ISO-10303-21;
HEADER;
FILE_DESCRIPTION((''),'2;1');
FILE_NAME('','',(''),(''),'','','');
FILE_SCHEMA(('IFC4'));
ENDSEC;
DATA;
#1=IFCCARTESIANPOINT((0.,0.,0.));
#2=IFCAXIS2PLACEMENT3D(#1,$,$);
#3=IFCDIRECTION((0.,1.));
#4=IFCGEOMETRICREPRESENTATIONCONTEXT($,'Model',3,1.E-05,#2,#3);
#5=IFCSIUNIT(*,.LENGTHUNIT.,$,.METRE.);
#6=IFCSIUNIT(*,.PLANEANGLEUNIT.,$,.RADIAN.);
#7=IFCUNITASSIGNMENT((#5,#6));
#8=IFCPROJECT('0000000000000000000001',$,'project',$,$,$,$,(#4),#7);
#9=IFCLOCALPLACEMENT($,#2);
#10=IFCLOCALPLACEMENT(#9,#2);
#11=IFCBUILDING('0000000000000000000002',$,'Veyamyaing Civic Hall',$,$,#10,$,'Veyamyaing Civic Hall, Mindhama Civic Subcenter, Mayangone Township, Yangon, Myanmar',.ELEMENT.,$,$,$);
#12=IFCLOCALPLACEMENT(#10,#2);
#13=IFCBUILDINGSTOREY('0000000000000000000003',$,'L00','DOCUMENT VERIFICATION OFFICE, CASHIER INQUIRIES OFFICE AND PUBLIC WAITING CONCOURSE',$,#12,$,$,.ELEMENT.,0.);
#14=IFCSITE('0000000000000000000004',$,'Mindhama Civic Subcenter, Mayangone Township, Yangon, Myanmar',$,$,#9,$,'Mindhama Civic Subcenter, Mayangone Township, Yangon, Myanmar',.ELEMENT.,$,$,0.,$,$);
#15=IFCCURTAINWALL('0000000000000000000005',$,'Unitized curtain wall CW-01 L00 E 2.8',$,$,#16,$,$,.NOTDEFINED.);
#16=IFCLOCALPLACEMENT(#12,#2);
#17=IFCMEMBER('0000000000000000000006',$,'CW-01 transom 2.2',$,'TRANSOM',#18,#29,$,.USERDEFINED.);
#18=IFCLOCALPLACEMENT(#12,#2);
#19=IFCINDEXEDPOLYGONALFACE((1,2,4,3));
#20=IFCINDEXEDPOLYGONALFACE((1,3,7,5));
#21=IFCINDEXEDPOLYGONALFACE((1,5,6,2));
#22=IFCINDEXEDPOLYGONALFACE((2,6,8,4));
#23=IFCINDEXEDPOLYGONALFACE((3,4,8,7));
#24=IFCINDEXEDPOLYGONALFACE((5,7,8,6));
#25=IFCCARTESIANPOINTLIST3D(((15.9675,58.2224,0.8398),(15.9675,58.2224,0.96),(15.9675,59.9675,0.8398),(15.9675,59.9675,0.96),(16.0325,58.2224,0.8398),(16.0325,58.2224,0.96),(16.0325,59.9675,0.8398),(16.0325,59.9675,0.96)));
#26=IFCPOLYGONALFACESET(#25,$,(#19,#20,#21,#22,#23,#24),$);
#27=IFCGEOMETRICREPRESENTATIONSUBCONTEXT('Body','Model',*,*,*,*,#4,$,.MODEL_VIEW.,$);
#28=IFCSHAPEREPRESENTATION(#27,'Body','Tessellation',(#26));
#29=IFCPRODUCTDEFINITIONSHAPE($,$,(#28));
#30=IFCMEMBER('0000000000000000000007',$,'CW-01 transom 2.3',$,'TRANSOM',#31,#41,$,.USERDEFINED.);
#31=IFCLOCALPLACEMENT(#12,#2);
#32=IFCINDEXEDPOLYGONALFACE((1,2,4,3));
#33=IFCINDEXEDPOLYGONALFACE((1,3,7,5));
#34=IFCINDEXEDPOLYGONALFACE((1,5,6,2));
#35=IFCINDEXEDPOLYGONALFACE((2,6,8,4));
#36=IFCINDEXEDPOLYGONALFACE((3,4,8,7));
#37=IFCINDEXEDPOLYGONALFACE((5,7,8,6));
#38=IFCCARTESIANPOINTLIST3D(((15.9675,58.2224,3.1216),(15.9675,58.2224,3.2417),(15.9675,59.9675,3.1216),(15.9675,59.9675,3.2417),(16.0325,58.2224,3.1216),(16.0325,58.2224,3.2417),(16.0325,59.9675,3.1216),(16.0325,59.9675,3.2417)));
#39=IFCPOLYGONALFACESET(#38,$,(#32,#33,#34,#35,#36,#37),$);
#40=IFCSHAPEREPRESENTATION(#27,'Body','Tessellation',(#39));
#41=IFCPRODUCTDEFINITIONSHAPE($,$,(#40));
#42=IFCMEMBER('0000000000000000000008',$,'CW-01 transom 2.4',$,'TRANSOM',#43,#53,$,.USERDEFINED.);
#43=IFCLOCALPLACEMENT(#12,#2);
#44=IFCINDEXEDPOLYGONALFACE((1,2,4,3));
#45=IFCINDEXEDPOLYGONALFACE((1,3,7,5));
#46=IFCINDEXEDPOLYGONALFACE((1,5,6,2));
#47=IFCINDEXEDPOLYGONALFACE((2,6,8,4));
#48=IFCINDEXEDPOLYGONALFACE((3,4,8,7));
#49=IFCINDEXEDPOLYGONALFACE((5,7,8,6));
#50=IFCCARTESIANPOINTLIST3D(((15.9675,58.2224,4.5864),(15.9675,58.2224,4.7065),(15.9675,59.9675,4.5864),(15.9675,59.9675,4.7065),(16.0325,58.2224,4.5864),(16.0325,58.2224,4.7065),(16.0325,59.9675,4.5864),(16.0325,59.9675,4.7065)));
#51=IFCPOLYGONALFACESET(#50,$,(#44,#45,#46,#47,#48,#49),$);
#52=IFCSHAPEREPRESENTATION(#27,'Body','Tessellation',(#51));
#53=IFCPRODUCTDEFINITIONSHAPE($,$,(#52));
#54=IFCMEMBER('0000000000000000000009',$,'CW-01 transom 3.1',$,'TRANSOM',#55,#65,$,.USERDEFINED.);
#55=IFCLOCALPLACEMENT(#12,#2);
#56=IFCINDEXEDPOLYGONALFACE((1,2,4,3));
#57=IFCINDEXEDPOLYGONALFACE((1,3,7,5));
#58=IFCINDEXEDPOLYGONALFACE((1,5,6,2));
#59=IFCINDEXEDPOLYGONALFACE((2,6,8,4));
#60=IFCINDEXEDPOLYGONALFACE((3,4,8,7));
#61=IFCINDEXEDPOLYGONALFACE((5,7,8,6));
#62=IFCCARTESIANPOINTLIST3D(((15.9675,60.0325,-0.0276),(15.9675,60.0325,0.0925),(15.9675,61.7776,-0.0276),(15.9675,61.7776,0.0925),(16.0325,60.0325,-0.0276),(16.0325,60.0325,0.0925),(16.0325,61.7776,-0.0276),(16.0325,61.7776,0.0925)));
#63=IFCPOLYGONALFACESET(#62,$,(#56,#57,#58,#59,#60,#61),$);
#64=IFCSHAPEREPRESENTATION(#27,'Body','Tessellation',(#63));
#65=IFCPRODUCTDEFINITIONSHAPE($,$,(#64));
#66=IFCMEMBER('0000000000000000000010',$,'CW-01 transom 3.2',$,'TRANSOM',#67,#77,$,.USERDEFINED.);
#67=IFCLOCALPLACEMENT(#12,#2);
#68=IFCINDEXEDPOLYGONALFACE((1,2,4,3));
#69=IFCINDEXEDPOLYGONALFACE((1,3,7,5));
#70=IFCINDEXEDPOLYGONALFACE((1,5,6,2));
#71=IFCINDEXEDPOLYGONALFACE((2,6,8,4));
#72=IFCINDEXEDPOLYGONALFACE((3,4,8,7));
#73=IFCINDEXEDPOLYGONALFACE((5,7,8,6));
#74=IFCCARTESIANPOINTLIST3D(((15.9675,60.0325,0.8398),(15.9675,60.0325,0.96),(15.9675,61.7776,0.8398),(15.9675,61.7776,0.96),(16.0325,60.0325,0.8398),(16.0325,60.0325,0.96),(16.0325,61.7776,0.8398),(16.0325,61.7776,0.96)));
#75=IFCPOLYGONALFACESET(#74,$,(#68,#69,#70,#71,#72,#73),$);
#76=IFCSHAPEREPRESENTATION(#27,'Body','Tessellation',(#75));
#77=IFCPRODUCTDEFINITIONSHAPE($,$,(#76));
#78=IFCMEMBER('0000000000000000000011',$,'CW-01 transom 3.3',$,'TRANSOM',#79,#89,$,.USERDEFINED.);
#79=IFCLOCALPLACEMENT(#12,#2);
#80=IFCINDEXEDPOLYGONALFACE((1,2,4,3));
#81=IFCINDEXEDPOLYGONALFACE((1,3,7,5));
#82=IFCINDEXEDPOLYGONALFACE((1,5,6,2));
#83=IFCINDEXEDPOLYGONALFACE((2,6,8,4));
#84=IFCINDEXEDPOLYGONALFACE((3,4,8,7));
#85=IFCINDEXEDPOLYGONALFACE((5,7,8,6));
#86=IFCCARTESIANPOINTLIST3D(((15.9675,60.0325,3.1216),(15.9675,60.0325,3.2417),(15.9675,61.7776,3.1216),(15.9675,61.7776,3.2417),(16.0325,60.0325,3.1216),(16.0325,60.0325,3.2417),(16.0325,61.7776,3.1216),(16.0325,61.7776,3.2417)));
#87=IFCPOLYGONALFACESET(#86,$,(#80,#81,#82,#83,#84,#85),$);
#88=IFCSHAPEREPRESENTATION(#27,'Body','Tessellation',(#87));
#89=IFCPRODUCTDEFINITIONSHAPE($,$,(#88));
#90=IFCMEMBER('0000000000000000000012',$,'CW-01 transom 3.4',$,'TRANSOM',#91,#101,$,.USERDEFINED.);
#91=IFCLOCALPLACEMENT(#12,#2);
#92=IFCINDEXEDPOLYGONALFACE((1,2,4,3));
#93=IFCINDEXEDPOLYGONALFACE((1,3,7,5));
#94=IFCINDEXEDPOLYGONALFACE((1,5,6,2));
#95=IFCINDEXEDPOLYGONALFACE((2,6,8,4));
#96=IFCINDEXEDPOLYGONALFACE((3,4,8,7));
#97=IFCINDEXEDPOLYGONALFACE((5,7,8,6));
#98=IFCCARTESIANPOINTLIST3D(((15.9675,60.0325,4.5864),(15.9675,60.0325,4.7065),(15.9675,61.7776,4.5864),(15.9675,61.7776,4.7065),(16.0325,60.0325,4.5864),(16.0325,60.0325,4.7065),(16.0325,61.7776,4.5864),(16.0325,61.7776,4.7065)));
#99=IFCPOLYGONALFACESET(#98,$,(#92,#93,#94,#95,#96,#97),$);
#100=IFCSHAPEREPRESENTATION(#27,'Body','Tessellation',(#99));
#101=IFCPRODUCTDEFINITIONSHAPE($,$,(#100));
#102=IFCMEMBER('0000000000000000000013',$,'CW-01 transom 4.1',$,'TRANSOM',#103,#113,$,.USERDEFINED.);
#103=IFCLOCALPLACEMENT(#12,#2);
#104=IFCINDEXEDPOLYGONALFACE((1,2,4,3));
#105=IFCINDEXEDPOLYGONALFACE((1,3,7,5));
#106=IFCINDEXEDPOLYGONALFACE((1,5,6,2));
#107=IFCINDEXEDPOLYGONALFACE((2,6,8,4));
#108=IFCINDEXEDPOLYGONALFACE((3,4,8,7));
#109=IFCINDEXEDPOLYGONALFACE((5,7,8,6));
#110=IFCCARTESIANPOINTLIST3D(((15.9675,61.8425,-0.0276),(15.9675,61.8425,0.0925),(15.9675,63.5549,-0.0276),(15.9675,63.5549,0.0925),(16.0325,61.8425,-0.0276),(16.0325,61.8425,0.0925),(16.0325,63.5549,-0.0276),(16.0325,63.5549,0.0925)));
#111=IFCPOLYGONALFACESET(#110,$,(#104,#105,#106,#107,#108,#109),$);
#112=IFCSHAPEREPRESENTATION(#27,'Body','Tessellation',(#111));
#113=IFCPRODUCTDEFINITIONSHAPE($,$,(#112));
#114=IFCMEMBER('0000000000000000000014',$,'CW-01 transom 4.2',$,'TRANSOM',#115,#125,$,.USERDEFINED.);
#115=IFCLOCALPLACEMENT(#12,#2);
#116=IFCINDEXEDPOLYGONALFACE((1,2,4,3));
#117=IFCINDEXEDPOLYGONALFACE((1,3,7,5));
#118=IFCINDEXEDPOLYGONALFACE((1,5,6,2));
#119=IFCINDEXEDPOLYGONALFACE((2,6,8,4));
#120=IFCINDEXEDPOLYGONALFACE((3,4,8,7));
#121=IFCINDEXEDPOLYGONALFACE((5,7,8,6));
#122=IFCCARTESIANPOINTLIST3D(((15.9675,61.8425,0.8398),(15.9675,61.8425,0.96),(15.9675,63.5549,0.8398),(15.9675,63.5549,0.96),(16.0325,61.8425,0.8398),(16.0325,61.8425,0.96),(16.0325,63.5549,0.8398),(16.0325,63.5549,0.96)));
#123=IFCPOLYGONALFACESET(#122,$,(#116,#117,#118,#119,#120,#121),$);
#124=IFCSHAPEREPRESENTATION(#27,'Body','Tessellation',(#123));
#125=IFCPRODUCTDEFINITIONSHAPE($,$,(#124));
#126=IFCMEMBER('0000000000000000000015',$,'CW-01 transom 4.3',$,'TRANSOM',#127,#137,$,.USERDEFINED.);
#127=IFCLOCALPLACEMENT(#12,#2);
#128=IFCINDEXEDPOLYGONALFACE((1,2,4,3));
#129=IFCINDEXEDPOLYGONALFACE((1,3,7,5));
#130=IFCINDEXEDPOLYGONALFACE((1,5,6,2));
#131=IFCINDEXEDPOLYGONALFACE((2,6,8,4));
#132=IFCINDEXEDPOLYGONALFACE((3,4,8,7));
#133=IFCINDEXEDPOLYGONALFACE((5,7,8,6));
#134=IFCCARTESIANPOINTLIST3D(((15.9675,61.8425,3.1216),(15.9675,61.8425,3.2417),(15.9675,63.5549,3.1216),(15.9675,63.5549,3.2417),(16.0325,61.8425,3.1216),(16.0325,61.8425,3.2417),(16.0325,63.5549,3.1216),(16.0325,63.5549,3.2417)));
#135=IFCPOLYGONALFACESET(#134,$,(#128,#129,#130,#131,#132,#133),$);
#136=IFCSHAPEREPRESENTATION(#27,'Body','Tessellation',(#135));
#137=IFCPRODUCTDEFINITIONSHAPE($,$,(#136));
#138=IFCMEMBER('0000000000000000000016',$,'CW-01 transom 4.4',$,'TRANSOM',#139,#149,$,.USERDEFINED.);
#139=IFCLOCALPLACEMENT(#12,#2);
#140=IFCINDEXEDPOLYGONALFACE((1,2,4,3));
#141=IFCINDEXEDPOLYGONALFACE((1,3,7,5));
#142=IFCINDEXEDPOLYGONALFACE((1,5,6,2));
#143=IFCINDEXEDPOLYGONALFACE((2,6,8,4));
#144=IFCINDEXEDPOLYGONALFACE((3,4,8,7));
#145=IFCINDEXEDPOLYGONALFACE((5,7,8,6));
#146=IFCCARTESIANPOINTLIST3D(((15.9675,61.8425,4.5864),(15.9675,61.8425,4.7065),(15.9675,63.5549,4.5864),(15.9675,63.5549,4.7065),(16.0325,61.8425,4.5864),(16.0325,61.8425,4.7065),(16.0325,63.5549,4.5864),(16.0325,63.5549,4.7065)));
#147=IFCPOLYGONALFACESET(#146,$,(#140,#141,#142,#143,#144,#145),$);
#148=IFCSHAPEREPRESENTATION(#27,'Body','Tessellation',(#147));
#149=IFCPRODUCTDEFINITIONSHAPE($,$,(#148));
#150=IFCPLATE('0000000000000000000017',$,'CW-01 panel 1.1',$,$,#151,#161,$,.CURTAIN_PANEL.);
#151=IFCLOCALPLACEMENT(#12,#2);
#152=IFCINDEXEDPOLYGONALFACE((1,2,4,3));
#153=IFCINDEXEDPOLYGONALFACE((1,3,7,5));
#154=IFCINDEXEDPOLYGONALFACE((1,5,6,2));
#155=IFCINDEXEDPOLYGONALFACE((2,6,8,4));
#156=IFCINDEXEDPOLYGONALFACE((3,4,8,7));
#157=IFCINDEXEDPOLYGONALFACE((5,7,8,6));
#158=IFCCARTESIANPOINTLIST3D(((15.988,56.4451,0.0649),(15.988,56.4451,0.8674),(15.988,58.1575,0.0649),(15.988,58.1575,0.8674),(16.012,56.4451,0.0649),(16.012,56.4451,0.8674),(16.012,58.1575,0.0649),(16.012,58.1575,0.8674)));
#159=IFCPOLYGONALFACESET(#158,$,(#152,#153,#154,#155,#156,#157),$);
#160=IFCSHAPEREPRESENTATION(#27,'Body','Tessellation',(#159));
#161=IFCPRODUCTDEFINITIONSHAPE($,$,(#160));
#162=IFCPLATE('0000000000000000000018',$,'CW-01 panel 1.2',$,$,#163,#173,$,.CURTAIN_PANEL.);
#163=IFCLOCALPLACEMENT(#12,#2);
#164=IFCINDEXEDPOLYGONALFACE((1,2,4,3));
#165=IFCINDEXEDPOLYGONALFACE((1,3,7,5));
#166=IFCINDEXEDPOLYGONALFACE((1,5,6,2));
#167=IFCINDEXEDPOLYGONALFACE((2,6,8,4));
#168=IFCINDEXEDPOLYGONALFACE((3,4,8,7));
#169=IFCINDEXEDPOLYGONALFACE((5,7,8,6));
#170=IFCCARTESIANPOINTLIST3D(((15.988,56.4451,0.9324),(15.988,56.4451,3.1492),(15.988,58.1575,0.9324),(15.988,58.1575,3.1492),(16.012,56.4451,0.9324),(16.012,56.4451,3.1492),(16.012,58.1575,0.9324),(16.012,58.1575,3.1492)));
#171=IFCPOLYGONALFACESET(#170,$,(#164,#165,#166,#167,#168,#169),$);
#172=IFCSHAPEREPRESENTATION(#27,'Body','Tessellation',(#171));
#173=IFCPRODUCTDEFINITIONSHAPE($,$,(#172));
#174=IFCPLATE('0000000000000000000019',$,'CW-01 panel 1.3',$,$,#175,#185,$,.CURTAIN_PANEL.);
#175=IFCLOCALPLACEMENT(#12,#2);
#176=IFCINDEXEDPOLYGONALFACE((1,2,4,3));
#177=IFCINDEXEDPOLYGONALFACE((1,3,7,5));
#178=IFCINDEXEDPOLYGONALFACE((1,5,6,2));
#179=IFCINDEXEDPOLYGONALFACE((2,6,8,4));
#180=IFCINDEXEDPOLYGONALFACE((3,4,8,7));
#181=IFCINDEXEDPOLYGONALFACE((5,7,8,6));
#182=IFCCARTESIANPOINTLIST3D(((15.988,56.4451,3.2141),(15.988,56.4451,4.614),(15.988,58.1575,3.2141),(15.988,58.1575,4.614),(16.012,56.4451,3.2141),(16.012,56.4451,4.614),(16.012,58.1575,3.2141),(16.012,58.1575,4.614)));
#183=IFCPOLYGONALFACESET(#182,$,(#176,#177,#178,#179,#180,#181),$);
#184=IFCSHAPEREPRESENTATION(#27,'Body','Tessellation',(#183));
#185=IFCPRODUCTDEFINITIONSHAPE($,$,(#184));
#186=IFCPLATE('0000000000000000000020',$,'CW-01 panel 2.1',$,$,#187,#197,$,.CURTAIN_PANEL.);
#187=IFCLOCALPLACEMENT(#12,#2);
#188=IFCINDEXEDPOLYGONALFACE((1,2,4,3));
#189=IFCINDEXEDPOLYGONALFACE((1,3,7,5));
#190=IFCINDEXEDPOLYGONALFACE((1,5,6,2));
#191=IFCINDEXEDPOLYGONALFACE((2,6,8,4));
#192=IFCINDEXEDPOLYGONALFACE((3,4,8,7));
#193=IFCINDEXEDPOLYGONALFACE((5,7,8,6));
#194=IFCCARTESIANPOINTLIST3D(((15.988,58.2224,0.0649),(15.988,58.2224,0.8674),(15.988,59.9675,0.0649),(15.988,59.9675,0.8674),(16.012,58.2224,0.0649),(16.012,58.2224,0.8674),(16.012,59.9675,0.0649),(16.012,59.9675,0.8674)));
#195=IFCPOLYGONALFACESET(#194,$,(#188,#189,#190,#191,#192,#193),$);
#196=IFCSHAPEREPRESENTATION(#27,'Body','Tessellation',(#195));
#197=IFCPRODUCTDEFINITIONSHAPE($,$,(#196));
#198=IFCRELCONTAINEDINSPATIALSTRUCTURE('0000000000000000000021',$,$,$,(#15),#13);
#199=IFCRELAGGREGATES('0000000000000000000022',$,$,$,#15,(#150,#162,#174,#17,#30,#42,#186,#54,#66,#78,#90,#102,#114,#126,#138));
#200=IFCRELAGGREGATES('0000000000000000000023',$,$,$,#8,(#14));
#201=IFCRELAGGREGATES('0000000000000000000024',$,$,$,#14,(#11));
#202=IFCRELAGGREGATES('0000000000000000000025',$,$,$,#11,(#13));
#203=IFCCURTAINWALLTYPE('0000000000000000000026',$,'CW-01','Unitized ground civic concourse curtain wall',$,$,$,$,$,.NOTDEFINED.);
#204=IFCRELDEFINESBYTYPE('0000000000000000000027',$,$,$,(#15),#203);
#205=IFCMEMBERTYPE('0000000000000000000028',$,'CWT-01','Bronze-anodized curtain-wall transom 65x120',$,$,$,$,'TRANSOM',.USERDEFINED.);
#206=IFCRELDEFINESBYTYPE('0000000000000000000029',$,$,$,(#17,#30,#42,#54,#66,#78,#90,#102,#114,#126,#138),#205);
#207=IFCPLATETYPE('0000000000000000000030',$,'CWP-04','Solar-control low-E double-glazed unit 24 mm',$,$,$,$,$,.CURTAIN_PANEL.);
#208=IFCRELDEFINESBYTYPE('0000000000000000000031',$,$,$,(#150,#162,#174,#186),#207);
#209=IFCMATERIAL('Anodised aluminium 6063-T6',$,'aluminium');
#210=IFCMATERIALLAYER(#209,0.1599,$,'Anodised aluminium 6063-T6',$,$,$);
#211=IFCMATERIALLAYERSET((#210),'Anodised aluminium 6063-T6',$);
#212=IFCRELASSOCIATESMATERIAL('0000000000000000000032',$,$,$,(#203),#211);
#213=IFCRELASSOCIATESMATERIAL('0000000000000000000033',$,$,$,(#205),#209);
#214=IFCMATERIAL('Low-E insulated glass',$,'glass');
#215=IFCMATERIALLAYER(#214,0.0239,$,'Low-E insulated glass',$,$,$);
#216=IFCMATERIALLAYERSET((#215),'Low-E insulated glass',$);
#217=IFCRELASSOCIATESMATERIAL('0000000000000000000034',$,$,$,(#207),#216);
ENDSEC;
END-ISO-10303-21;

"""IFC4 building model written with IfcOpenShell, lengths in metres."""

from ifc_helpers import new_model, si_unit, direction, frame, origin, origin_2d, place, context, subcontext, project, spatial, rectangle, extrude, material, layer, layer_set, material_profile, profile_set, type_object, element, aggregate, save


model = new_model("IFC4")

# Units and contexts
model_context = context("Model", 3, precision=1e-05, world=origin(), true_north=direction((0.0, 1.0)))
body_context = subcontext(model_context, "Body", "Model", "MODEL_VIEW")
ifc_project = project(units=[si_unit("LENGTHUNIT", "METRE"), si_unit("PLANEANGLEUNIT", "RADIAN")], contexts=[model_context])

# Site, building, storey
site_placement = place(None, origin())
site = spatial("IfcSite", under=ifc_project, at=site_placement, Name="Mindhama Civic Subcenter, Mayangone Township, Yangon, Myanmar", LongName="Mindhama Civic Subcenter, Mayangone Township, Yangon, Myanmar", CompositionType="ELEMENT", RefElevation=0.0)
building_placement = place(site_placement, origin())
building = spatial("IfcBuilding", under=site, at=building_placement, Name="Veyamyaing Civic Hall", LongName="Veyamyaing Civic Hall, Mindhama Civic Subcenter, Mayangone Township, Yangon, Myanmar", CompositionType="ELEMENT")
storey_placement = place(building_placement, origin())
storey = spatial("IfcBuildingStorey", under=building, at=storey_placement, Name="L00", Description="DOCUMENT VERIFICATION OFFICE, CASHIER INQUIRIES OFFICE AND PUBLIC WAITING CONCOURSE", CompositionType="ELEMENT", Elevation=0.0)

# Curtain wall, members, plates
ifc_material_1 = material(Name="Anodised aluminium 6063-T6", Category="aluminium")
ifc_layer_1 = layer(ifc_material_1, 0.1599, Name="Anodised aluminium 6063-T6")
ifc_layer_set_1 = layer_set([ifc_layer_1], Name="Anodised aluminium 6063-T6")
curtain_wall_type = type_object("IfcCurtainWallType", Name="CW-01", Description="Unitized ground civic concourse curtain wall", PredefinedType="NOTDEFINED", material=ifc_layer_set_1)
curtain_wall_placement = place(storey_placement, origin())
curtain_wall = element("IfcCurtainWall", 1, at=curtain_wall_placement, inside=storey, type_object=curtain_wall_type, Name="Unitized curtain wall CW-01 L00 E 2.8", PredefinedType="NOTDEFINED")
ifc_material_profile_1 = material_profile(ifc_material_1, rectangle(XDim=0.0649, YDim=0.1201, at=origin_2d()), Name="ALU-TRN-65X120")
ifc_profile_set_1 = profile_set([ifc_material_profile_1], Name="Anodised aluminium 6063-T6")
member_type_1 = type_object("IfcMemberType", Name="CWT-01", Description="Bronze-anodized curtain-wall transom 65x120", ElementType="TRANSOM", PredefinedType="USERDEFINED", material=ifc_profile_set_1)
member_1_placement = place(storey_placement, frame((16.0, 58.2224, 0.8999), z_axis=(0.0, 1.0, 0.0), x_axis=(-1.0, 0.0, 0.0)))
member_1 = element("IfcMember", 2, at=member_1_placement, type_object=member_type_1, Name="CW-01 transom 2.2", ObjectType="TRANSOM", PredefinedType="USERDEFINED", context=body_context, shape_type="SweptSolid", body=[
    extrude(rectangle(XDim=0.0649, YDim=0.1201, at=origin_2d()), origin(), (0.0, 0.0, 1.0), 1.7451),
])
member_2_placement = place(storey_placement, frame((16.0, 58.2224, 3.1816), z_axis=(0.0, 1.0, 0.0), x_axis=(-1.0, 0.0, 0.0)))
member_2 = element("IfcMember", 3, at=member_2_placement, type_object=member_type_1, Name="CW-01 transom 2.3", ObjectType="TRANSOM", PredefinedType="USERDEFINED", context=body_context, shape_type="SweptSolid", body=[
    extrude(rectangle(XDim=0.0649, YDim=0.1201, at=origin_2d()), origin(), (0.0, 0.0, 1.0), 1.7451),
])
member_3_placement = place(storey_placement, frame((16.0, 58.2224, 4.6465), z_axis=(0.0, 1.0, 0.0), x_axis=(-1.0, 0.0, 0.0)))
member_3 = element("IfcMember", 4, at=member_3_placement, type_object=member_type_1, Name="CW-01 transom 2.4", ObjectType="TRANSOM", PredefinedType="USERDEFINED", context=body_context, shape_type="SweptSolid", body=[
    extrude(rectangle(XDim=0.0649, YDim=0.1201, at=origin_2d()), origin(), (0.0, 0.0, 1.0), 1.7451),
])
member_4_placement = place(storey_placement, frame((16.0, 60.0325, 0.0325), z_axis=(0.0, 1.0, 0.0), x_axis=(-1.0, 0.0, 0.0)))
member_4 = element("IfcMember", 5, at=member_4_placement, type_object=member_type_1, Name="CW-01 transom 3.1", ObjectType="TRANSOM", PredefinedType="USERDEFINED", context=body_context, shape_type="SweptSolid", body=[
    extrude(rectangle(XDim=0.0649, YDim=0.1201, at=origin_2d()), origin(), (0.0, 0.0, 1.0), 1.7451),
])
member_5_placement = place(storey_placement, frame((16.0, 60.0325, 0.8999), z_axis=(0.0, 1.0, 0.0), x_axis=(-1.0, 0.0, 0.0)))
member_5 = element("IfcMember", 6, at=member_5_placement, type_object=member_type_1, Name="CW-01 transom 3.2", ObjectType="TRANSOM", PredefinedType="USERDEFINED", context=body_context, shape_type="SweptSolid", body=[
    extrude(rectangle(XDim=0.0649, YDim=0.1201, at=origin_2d()), origin(), (0.0, 0.0, 1.0), 1.7451),
])
member_6_placement = place(storey_placement, frame((16.0, 60.0325, 3.1816), z_axis=(0.0, 1.0, 0.0), x_axis=(-1.0, 0.0, 0.0)))
member_6 = element("IfcMember", 7, at=member_6_placement, type_object=member_type_1, Name="CW-01 transom 3.3", ObjectType="TRANSOM", PredefinedType="USERDEFINED", context=body_context, shape_type="SweptSolid", body=[
    extrude(rectangle(XDim=0.0649, YDim=0.1201, at=origin_2d()), origin(), (0.0, 0.0, 1.0), 1.7451),
])
member_7_placement = place(storey_placement, frame((16.0, 60.0325, 4.6465), z_axis=(0.0, 1.0, 0.0), x_axis=(-1.0, 0.0, 0.0)))
member_7 = element("IfcMember", 8, at=member_7_placement, type_object=member_type_1, Name="CW-01 transom 3.4", ObjectType="TRANSOM", PredefinedType="USERDEFINED", context=body_context, shape_type="SweptSolid", body=[
    extrude(rectangle(XDim=0.0649, YDim=0.1201, at=origin_2d()), origin(), (0.0, 0.0, 1.0), 1.7451),
])
member_8_placement = place(storey_placement, frame((16.0, 61.8425, 0.0325), z_axis=(0.0, 1.0, 0.0), x_axis=(-1.0, 0.0, 0.0)))
member_8 = element("IfcMember", 9, at=member_8_placement, type_object=member_type_1, Name="CW-01 transom 4.1", ObjectType="TRANSOM", PredefinedType="USERDEFINED", context=body_context, shape_type="SweptSolid", body=[
    extrude(rectangle(XDim=0.0649, YDim=0.1201, at=origin_2d()), origin(), (0.0, 0.0, 1.0), 1.7124),
])
member_9_placement = place(storey_placement, frame((16.0, 61.8425, 0.8999), z_axis=(0.0, 1.0, 0.0), x_axis=(-1.0, 0.0, 0.0)))
member_9 = element("IfcMember", 10, at=member_9_placement, type_object=member_type_1, Name="CW-01 transom 4.2", ObjectType="TRANSOM", PredefinedType="USERDEFINED", context=body_context, shape_type="SweptSolid", body=[
    extrude(rectangle(XDim=0.0649, YDim=0.1201, at=origin_2d()), origin(), (0.0, 0.0, 1.0), 1.7124),
])
member_10_placement = place(storey_placement, frame((16.0, 61.8425, 3.1816), z_axis=(0.0, 1.0, 0.0), x_axis=(-1.0, 0.0, 0.0)))
member_10 = element("IfcMember", 11, at=member_10_placement, type_object=member_type_1, Name="CW-01 transom 4.3", ObjectType="TRANSOM", PredefinedType="USERDEFINED", context=body_context, shape_type="SweptSolid", body=[
    extrude(rectangle(XDim=0.0649, YDim=0.1201, at=origin_2d()), origin(), (0.0, 0.0, 1.0), 1.7124),
])
member_11_placement = place(storey_placement, frame((16.0, 61.8425, 4.6465), z_axis=(0.0, 1.0, 0.0), x_axis=(-1.0, 0.0, 0.0)))
member_11 = element("IfcMember", 12, at=member_11_placement, type_object=member_type_1, Name="CW-01 transom 4.4", ObjectType="TRANSOM", PredefinedType="USERDEFINED", context=body_context, shape_type="SweptSolid", body=[
    extrude(rectangle(XDim=0.0649, YDim=0.1201, at=origin_2d()), origin(), (0.0, 0.0, 1.0), 1.7124),
])
ifc_material_2 = material(Name="Low-E insulated glass", Category="glass")
ifc_layer_2 = layer(ifc_material_2, 0.0239, Name="Low-E insulated glass")
ifc_layer_set_2 = layer_set([ifc_layer_2], Name="Low-E insulated glass")
plate_type = type_object("IfcPlateType", Name="CWP-04", Description="Solar-control low-E double-glazed unit 24 mm", PredefinedType="CURTAIN_PANEL", material=ifc_layer_set_2)
plate_1_placement = place(storey_placement, frame((16.0, 57.3013, 0.0649), z_axis=(0.0, 0.0, 1.0), x_axis=(0.0, 1.0, 0.0)))
plate_1 = element("IfcPlate", 13, at=plate_1_placement, type_object=plate_type, Name="CW-01 panel 1.1", PredefinedType="CURTAIN_PANEL", context=body_context, shape_type="SweptSolid", body=[
    extrude(rectangle(XDim=1.7124, YDim=0.0239, at=origin_2d()), origin(), (0.0, 0.0, 1.0), 0.8025),
])
plate_2_placement = place(storey_placement, frame((16.0, 57.3013, 0.9324), z_axis=(0.0, 0.0, 1.0), x_axis=(0.0, 1.0, 0.0)))
plate_2 = element("IfcPlate", 14, at=plate_2_placement, type_object=plate_type, Name="CW-01 panel 1.2", PredefinedType="CURTAIN_PANEL", context=body_context, shape_type="SweptSolid", body=[
    extrude(rectangle(XDim=1.7124, YDim=0.0239, at=origin_2d()), origin(), (0.0, 0.0, 1.0), 2.2168),
])
plate_3_placement = place(storey_placement, frame((16.0, 57.3013, 3.2141), z_axis=(0.0, 0.0, 1.0), x_axis=(0.0, 1.0, 0.0)))
plate_3 = element("IfcPlate", 15, at=plate_3_placement, type_object=plate_type, Name="CW-01 panel 1.3", PredefinedType="CURTAIN_PANEL", context=body_context, shape_type="SweptSolid", body=[
    extrude(rectangle(XDim=1.7124, YDim=0.0239, at=origin_2d()), origin(), (0.0, 0.0, 1.0), 1.3999),
])
plate_4_placement = place(storey_placement, frame((16.0, 59.095, 0.0649), z_axis=(0.0, 0.0, 1.0), x_axis=(0.0, 1.0, 0.0)))
plate_4 = element("IfcPlate", 16, at=plate_4_placement, type_object=plate_type, Name="CW-01 panel 2.1", PredefinedType="CURTAIN_PANEL", context=body_context, shape_type="SweptSolid", body=[
    extrude(rectangle(XDim=1.7451, YDim=0.0239, at=origin_2d()), origin(), (0.0, 0.0, 1.0), 0.8025),
])
aggregate(curtain_wall, [plate_1, plate_2, plate_3, member_1, member_2, member_3, plate_4, member_4, member_5, member_6, member_7, member_8, member_9, member_10, member_11])

save(model, "model.ifc")
